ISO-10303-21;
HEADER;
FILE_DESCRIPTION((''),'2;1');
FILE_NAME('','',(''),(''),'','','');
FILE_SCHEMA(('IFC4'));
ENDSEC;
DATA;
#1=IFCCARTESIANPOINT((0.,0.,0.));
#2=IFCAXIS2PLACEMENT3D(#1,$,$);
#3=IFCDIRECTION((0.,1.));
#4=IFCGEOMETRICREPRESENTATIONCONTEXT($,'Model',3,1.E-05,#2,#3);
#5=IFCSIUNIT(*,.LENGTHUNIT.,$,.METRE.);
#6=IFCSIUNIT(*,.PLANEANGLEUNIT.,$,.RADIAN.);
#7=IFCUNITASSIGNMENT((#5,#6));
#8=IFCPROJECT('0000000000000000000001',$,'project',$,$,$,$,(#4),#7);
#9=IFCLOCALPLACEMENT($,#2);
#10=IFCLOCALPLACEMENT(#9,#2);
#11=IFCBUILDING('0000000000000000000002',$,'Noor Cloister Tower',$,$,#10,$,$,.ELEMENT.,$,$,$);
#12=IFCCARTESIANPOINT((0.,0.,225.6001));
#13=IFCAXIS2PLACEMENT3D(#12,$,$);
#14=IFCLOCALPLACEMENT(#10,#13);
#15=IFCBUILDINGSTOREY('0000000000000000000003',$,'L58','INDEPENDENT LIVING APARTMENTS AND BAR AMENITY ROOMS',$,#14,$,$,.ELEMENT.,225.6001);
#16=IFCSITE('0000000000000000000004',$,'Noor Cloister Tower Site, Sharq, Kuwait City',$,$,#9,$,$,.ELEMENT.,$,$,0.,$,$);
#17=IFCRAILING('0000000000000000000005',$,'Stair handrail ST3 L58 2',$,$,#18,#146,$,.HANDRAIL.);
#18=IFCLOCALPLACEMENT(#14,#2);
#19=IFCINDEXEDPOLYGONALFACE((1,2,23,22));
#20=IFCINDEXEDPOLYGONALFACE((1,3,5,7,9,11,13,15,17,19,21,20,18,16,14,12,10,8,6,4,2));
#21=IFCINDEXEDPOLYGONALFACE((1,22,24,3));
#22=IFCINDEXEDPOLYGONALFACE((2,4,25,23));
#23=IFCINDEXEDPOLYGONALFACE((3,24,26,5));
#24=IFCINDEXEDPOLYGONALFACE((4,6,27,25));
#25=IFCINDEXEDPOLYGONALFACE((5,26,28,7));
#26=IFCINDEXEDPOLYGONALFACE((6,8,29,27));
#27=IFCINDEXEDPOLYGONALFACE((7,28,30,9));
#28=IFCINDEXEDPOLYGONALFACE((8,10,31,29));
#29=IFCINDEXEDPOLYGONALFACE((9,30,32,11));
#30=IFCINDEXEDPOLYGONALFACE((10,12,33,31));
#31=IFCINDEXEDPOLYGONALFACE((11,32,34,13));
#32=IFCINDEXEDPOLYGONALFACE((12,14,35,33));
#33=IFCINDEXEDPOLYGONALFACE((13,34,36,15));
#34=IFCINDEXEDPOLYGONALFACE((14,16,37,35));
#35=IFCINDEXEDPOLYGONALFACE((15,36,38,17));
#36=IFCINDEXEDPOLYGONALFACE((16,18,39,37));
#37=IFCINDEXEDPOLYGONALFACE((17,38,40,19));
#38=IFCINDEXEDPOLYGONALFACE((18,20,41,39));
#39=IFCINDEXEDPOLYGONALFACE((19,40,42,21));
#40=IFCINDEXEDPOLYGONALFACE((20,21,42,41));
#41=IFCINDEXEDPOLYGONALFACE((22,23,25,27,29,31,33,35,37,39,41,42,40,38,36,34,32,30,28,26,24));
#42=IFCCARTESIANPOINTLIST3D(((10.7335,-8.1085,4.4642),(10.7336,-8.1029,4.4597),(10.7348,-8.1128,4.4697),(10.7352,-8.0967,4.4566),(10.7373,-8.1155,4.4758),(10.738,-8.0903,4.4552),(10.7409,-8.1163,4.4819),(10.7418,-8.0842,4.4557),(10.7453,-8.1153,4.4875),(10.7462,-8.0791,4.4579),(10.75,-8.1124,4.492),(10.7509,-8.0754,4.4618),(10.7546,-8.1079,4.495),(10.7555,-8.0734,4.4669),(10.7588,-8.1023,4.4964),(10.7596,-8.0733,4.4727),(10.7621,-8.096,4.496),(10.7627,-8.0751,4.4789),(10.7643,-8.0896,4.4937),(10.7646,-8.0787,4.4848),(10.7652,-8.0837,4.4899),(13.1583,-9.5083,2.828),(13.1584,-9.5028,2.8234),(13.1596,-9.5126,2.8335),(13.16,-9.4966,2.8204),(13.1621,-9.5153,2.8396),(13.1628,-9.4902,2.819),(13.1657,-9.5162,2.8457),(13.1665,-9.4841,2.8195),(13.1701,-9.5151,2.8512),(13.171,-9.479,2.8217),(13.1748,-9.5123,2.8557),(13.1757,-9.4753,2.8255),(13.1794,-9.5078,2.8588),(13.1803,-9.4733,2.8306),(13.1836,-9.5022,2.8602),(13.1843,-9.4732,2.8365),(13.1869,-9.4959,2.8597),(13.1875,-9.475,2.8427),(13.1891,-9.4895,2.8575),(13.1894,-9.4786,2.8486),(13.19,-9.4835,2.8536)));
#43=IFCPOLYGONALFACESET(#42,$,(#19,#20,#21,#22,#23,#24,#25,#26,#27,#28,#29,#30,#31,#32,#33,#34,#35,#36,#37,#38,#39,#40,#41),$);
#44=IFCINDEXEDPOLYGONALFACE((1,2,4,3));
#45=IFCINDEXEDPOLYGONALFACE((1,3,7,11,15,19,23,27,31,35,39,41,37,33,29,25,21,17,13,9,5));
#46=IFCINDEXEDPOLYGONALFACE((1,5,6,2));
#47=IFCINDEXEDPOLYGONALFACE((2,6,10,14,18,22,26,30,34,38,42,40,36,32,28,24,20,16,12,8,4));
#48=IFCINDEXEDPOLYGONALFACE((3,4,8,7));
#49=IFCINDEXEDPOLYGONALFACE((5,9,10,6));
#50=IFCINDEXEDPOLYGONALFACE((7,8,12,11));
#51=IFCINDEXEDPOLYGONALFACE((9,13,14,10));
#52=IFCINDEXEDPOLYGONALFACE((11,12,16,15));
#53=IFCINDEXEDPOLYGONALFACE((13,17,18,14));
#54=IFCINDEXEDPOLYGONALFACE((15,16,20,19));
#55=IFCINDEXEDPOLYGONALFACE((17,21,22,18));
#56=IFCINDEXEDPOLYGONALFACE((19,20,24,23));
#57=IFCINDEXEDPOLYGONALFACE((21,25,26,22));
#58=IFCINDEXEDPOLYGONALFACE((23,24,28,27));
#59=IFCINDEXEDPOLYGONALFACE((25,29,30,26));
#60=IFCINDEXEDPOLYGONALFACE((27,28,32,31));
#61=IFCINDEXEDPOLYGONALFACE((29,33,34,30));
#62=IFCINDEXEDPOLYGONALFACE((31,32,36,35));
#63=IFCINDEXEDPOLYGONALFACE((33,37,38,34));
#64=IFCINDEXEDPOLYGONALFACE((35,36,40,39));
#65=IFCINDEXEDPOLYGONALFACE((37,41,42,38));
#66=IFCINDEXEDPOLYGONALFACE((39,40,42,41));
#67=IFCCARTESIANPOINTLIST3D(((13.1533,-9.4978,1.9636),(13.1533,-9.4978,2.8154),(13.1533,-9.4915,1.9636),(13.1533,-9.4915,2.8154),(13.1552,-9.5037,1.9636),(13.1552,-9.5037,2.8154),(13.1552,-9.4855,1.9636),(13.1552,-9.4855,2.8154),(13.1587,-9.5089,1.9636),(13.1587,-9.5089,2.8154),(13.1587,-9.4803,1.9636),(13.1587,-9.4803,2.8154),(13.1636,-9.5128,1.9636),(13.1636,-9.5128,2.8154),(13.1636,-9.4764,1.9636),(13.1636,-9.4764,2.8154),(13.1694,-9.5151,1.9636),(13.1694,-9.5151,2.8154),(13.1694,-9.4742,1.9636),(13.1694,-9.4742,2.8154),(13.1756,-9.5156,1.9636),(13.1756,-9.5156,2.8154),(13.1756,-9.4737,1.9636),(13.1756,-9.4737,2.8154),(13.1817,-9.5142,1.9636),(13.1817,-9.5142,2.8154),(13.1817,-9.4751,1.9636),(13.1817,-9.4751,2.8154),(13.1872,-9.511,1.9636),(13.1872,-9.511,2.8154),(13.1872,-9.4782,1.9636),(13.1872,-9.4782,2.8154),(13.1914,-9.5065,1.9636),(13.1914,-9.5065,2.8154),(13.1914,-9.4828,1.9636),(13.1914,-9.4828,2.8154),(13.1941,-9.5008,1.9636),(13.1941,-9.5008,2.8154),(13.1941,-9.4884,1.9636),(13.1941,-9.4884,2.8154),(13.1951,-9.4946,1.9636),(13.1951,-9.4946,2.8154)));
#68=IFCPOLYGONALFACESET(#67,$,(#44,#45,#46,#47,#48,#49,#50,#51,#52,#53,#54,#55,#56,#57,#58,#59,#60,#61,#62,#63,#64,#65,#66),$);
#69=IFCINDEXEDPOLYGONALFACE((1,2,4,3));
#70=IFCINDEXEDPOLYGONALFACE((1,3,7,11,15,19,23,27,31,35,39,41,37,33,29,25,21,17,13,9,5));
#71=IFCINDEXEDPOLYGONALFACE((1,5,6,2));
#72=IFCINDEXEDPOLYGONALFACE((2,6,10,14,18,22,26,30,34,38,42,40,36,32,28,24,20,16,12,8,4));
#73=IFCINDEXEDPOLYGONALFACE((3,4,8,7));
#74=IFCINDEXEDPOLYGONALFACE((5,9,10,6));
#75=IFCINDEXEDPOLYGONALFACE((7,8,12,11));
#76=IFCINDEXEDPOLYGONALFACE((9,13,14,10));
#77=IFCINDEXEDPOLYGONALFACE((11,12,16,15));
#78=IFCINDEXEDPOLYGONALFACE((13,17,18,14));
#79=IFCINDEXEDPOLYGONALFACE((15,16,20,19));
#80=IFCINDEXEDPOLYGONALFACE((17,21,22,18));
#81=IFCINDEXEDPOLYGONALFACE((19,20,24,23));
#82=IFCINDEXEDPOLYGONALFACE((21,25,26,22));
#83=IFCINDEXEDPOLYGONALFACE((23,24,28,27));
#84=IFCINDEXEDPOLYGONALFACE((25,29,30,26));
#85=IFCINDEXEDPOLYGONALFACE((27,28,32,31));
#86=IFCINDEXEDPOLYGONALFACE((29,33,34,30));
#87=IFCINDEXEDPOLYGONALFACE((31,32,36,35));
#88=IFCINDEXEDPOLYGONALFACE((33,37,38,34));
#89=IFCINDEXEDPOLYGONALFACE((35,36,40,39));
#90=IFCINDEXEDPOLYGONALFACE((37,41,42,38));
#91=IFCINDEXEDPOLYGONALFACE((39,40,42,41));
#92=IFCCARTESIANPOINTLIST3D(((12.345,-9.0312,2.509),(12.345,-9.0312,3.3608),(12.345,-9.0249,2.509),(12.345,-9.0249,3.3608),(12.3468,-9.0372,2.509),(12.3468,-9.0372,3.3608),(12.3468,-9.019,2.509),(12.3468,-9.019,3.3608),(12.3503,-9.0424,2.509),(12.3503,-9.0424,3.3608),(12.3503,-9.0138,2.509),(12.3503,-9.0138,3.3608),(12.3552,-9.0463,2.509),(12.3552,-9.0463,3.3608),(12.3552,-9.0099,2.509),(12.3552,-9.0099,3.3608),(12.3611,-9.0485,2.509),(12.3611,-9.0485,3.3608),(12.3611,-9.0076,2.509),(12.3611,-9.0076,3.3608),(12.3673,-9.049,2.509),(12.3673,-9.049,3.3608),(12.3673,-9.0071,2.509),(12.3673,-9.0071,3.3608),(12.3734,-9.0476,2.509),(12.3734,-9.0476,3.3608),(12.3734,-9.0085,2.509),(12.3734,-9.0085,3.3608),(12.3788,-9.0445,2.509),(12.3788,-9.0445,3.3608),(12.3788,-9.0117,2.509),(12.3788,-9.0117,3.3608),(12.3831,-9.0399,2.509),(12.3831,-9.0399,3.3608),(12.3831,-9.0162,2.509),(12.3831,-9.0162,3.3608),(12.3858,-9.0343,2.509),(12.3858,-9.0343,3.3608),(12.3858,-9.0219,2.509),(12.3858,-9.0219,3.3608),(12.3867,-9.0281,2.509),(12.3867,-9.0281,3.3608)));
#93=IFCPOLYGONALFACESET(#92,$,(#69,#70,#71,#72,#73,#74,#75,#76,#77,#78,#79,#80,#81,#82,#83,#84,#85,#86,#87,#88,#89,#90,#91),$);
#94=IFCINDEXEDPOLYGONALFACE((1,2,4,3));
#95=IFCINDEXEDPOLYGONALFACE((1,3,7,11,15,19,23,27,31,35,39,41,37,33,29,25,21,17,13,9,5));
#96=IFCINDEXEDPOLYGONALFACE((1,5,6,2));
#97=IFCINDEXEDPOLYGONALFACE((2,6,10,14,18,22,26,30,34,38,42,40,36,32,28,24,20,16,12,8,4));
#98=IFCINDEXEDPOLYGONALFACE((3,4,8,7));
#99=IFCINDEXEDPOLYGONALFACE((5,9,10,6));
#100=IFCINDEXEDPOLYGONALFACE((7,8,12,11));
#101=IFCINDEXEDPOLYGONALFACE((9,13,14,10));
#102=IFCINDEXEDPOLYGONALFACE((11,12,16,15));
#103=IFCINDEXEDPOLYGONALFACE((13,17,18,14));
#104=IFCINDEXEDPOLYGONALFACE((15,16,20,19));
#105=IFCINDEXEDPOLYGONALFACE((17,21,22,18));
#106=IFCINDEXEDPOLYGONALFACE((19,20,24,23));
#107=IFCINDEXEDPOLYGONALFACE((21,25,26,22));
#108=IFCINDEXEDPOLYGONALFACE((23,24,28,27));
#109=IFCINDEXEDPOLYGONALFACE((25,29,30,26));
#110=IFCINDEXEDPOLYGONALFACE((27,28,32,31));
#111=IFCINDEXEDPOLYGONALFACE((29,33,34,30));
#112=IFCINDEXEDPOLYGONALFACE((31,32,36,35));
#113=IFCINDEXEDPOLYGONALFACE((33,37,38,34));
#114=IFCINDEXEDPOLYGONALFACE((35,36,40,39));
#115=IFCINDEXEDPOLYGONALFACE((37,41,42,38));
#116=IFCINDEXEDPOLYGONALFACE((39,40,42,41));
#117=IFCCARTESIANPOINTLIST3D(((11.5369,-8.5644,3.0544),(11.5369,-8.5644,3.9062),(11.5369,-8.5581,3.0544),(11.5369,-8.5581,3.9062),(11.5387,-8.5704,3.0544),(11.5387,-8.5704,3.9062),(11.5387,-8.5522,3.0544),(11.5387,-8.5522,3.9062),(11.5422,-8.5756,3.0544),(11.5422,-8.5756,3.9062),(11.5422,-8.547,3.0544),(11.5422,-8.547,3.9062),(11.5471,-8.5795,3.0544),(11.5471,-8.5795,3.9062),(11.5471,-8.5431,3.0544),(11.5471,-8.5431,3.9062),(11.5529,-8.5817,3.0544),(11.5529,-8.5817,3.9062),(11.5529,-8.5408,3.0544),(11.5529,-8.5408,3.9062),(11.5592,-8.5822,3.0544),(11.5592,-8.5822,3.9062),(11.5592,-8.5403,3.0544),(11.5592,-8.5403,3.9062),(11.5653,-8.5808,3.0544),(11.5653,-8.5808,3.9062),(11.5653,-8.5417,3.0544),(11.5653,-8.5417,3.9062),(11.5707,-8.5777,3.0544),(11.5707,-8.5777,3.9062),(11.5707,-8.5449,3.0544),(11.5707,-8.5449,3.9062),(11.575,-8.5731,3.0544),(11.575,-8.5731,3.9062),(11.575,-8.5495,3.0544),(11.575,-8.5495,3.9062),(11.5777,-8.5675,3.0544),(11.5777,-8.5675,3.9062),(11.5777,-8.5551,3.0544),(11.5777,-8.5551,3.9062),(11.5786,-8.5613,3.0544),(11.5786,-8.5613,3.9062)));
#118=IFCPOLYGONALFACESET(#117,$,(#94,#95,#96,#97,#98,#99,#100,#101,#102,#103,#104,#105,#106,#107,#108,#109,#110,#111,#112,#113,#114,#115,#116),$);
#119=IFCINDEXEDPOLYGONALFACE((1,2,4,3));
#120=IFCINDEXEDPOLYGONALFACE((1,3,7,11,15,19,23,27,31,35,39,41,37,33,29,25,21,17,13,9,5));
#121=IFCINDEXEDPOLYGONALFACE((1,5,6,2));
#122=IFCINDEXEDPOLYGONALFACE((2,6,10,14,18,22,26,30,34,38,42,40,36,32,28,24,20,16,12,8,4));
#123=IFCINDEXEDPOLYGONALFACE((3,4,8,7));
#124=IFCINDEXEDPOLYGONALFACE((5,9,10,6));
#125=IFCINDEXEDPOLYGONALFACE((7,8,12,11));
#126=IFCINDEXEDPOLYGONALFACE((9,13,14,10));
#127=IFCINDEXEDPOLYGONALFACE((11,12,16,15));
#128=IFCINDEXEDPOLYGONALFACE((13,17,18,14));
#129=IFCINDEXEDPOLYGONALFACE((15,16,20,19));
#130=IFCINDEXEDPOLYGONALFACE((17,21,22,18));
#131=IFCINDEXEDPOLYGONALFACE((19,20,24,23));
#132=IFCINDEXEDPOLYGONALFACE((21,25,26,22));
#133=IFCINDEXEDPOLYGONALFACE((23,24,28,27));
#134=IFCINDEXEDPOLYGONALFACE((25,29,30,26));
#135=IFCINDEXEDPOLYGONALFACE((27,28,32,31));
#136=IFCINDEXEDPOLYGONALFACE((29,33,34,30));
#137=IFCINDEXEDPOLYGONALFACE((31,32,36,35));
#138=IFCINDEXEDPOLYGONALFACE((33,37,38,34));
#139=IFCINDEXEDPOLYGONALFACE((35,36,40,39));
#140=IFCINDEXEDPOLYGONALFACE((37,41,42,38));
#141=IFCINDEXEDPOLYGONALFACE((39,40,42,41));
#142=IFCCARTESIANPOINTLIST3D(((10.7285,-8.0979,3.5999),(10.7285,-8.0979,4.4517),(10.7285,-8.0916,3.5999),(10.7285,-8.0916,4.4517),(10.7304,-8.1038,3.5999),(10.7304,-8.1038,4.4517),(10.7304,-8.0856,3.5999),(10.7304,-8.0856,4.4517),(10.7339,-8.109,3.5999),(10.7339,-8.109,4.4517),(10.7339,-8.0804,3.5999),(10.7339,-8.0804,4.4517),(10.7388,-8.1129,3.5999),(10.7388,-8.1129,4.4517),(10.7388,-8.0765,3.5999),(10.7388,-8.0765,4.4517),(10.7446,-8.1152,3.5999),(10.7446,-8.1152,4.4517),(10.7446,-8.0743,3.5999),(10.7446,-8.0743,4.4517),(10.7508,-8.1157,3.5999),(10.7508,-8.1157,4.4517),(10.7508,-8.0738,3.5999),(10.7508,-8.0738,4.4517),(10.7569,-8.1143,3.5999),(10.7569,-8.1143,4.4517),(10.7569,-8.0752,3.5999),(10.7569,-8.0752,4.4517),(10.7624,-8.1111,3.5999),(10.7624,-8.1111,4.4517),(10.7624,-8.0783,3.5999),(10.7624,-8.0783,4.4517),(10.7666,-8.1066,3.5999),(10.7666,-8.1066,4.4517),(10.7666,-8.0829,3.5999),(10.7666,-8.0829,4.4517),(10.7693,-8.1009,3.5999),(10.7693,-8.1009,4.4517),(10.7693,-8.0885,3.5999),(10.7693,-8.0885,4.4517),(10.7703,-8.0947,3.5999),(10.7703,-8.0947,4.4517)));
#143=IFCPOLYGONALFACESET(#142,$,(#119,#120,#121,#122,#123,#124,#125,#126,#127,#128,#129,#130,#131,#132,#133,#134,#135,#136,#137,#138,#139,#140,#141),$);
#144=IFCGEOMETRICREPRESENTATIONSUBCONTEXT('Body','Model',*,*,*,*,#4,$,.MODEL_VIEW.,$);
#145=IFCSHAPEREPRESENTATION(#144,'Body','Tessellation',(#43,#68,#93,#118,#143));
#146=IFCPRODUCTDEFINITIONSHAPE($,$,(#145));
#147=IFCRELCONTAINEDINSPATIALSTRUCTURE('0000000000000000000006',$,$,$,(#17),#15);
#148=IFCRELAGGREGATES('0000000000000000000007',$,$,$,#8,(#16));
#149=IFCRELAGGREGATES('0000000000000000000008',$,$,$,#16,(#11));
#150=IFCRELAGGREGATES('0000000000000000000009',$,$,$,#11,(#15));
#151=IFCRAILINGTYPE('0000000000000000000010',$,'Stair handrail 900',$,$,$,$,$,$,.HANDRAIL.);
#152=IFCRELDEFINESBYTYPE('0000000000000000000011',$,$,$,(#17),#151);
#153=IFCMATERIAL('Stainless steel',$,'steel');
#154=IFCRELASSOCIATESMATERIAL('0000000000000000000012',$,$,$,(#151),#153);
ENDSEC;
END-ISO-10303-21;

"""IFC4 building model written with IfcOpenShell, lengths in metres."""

from ifc_helpers import new_model, si_unit, direction, frame, origin, origin_2d, place, context, subcontext, project, spatial, circle, extrude, material, type_object, element, save


model = new_model("IFC4")

# Units and contexts
model_context = context("Model", 3, precision=1e-05, world=origin(), true_north=direction((0.0, 1.0)))
body_context = subcontext(model_context, "Body", "Model", "MODEL_VIEW")
ifc_project = project(units=[si_unit("LENGTHUNIT", "METRE"), si_unit("PLANEANGLEUNIT", "RADIAN")], contexts=[model_context])

# Site, building, storey
site_placement = place(None, origin())
site = spatial("IfcSite", under=ifc_project, at=site_placement, Name="Noor Cloister Tower Site, Sharq, Kuwait City", CompositionType="ELEMENT", RefElevation=0.0)
building_placement = place(site_placement, origin())
building = spatial("IfcBuilding", under=site, at=building_placement, Name="Noor Cloister Tower", CompositionType="ELEMENT")
storey_placement = place(building_placement, frame((0.0, 0.0, 225.6001)))
storey = spatial("IfcBuildingStorey", under=building, at=storey_placement, Name="L58", Description="INDEPENDENT LIVING APARTMENTS AND BAR AMENITY ROOMS", CompositionType="ELEMENT", Elevation=225.6001)

# Railing
ifc_material_1 = material(Name="Stainless steel", Category="steel")
railing_type_1 = type_object("IfcRailingType", Name="Stair handrail 900", PredefinedType="HANDRAIL", material=ifc_material_1)
railing_1_placement = place(storey_placement, frame((13.1741, -9.4946, 1.9636)))
element("IfcRailing", 1, at=railing_1_placement, inside=storey, type_object=railing_type_1, Name="Stair handrail ST3 L58 2", PredefinedType="HANDRAIL", context=body_context, shape_type="SweptSolid", body=[
    extrude(circle(Radius=0.0239, at=origin_2d()), frame((0.0, 0.0, 0.876), z_axis=(-0.747718, 0.431677, 0.504552), x_axis=(-0.499984, -0.866035, 0.0)), (0.0, 0.0, 1.0), 3.2429),
    extrude(circle(Radius=0.021, at=origin_2d()), origin(), (0.0, 0.0, 1.0), 0.8518),
    extrude(circle(Radius=0.021, at=origin_2d()), frame((-0.8083, 0.4666, 0.5454)), (0.0, 0.0, 1.0), 0.8518),
    extrude(circle(Radius=0.021, at=origin_2d()), frame((-1.6165, 0.9333, 1.0908)), (0.0, 0.0, 1.0), 0.8518),
    extrude(circle(Radius=0.021, at=origin_2d()), frame((-2.4248, 1.3999, 1.6362)), (0.0, 0.0, 1.0), 0.8518),
])

save(model, "model.ifc")
